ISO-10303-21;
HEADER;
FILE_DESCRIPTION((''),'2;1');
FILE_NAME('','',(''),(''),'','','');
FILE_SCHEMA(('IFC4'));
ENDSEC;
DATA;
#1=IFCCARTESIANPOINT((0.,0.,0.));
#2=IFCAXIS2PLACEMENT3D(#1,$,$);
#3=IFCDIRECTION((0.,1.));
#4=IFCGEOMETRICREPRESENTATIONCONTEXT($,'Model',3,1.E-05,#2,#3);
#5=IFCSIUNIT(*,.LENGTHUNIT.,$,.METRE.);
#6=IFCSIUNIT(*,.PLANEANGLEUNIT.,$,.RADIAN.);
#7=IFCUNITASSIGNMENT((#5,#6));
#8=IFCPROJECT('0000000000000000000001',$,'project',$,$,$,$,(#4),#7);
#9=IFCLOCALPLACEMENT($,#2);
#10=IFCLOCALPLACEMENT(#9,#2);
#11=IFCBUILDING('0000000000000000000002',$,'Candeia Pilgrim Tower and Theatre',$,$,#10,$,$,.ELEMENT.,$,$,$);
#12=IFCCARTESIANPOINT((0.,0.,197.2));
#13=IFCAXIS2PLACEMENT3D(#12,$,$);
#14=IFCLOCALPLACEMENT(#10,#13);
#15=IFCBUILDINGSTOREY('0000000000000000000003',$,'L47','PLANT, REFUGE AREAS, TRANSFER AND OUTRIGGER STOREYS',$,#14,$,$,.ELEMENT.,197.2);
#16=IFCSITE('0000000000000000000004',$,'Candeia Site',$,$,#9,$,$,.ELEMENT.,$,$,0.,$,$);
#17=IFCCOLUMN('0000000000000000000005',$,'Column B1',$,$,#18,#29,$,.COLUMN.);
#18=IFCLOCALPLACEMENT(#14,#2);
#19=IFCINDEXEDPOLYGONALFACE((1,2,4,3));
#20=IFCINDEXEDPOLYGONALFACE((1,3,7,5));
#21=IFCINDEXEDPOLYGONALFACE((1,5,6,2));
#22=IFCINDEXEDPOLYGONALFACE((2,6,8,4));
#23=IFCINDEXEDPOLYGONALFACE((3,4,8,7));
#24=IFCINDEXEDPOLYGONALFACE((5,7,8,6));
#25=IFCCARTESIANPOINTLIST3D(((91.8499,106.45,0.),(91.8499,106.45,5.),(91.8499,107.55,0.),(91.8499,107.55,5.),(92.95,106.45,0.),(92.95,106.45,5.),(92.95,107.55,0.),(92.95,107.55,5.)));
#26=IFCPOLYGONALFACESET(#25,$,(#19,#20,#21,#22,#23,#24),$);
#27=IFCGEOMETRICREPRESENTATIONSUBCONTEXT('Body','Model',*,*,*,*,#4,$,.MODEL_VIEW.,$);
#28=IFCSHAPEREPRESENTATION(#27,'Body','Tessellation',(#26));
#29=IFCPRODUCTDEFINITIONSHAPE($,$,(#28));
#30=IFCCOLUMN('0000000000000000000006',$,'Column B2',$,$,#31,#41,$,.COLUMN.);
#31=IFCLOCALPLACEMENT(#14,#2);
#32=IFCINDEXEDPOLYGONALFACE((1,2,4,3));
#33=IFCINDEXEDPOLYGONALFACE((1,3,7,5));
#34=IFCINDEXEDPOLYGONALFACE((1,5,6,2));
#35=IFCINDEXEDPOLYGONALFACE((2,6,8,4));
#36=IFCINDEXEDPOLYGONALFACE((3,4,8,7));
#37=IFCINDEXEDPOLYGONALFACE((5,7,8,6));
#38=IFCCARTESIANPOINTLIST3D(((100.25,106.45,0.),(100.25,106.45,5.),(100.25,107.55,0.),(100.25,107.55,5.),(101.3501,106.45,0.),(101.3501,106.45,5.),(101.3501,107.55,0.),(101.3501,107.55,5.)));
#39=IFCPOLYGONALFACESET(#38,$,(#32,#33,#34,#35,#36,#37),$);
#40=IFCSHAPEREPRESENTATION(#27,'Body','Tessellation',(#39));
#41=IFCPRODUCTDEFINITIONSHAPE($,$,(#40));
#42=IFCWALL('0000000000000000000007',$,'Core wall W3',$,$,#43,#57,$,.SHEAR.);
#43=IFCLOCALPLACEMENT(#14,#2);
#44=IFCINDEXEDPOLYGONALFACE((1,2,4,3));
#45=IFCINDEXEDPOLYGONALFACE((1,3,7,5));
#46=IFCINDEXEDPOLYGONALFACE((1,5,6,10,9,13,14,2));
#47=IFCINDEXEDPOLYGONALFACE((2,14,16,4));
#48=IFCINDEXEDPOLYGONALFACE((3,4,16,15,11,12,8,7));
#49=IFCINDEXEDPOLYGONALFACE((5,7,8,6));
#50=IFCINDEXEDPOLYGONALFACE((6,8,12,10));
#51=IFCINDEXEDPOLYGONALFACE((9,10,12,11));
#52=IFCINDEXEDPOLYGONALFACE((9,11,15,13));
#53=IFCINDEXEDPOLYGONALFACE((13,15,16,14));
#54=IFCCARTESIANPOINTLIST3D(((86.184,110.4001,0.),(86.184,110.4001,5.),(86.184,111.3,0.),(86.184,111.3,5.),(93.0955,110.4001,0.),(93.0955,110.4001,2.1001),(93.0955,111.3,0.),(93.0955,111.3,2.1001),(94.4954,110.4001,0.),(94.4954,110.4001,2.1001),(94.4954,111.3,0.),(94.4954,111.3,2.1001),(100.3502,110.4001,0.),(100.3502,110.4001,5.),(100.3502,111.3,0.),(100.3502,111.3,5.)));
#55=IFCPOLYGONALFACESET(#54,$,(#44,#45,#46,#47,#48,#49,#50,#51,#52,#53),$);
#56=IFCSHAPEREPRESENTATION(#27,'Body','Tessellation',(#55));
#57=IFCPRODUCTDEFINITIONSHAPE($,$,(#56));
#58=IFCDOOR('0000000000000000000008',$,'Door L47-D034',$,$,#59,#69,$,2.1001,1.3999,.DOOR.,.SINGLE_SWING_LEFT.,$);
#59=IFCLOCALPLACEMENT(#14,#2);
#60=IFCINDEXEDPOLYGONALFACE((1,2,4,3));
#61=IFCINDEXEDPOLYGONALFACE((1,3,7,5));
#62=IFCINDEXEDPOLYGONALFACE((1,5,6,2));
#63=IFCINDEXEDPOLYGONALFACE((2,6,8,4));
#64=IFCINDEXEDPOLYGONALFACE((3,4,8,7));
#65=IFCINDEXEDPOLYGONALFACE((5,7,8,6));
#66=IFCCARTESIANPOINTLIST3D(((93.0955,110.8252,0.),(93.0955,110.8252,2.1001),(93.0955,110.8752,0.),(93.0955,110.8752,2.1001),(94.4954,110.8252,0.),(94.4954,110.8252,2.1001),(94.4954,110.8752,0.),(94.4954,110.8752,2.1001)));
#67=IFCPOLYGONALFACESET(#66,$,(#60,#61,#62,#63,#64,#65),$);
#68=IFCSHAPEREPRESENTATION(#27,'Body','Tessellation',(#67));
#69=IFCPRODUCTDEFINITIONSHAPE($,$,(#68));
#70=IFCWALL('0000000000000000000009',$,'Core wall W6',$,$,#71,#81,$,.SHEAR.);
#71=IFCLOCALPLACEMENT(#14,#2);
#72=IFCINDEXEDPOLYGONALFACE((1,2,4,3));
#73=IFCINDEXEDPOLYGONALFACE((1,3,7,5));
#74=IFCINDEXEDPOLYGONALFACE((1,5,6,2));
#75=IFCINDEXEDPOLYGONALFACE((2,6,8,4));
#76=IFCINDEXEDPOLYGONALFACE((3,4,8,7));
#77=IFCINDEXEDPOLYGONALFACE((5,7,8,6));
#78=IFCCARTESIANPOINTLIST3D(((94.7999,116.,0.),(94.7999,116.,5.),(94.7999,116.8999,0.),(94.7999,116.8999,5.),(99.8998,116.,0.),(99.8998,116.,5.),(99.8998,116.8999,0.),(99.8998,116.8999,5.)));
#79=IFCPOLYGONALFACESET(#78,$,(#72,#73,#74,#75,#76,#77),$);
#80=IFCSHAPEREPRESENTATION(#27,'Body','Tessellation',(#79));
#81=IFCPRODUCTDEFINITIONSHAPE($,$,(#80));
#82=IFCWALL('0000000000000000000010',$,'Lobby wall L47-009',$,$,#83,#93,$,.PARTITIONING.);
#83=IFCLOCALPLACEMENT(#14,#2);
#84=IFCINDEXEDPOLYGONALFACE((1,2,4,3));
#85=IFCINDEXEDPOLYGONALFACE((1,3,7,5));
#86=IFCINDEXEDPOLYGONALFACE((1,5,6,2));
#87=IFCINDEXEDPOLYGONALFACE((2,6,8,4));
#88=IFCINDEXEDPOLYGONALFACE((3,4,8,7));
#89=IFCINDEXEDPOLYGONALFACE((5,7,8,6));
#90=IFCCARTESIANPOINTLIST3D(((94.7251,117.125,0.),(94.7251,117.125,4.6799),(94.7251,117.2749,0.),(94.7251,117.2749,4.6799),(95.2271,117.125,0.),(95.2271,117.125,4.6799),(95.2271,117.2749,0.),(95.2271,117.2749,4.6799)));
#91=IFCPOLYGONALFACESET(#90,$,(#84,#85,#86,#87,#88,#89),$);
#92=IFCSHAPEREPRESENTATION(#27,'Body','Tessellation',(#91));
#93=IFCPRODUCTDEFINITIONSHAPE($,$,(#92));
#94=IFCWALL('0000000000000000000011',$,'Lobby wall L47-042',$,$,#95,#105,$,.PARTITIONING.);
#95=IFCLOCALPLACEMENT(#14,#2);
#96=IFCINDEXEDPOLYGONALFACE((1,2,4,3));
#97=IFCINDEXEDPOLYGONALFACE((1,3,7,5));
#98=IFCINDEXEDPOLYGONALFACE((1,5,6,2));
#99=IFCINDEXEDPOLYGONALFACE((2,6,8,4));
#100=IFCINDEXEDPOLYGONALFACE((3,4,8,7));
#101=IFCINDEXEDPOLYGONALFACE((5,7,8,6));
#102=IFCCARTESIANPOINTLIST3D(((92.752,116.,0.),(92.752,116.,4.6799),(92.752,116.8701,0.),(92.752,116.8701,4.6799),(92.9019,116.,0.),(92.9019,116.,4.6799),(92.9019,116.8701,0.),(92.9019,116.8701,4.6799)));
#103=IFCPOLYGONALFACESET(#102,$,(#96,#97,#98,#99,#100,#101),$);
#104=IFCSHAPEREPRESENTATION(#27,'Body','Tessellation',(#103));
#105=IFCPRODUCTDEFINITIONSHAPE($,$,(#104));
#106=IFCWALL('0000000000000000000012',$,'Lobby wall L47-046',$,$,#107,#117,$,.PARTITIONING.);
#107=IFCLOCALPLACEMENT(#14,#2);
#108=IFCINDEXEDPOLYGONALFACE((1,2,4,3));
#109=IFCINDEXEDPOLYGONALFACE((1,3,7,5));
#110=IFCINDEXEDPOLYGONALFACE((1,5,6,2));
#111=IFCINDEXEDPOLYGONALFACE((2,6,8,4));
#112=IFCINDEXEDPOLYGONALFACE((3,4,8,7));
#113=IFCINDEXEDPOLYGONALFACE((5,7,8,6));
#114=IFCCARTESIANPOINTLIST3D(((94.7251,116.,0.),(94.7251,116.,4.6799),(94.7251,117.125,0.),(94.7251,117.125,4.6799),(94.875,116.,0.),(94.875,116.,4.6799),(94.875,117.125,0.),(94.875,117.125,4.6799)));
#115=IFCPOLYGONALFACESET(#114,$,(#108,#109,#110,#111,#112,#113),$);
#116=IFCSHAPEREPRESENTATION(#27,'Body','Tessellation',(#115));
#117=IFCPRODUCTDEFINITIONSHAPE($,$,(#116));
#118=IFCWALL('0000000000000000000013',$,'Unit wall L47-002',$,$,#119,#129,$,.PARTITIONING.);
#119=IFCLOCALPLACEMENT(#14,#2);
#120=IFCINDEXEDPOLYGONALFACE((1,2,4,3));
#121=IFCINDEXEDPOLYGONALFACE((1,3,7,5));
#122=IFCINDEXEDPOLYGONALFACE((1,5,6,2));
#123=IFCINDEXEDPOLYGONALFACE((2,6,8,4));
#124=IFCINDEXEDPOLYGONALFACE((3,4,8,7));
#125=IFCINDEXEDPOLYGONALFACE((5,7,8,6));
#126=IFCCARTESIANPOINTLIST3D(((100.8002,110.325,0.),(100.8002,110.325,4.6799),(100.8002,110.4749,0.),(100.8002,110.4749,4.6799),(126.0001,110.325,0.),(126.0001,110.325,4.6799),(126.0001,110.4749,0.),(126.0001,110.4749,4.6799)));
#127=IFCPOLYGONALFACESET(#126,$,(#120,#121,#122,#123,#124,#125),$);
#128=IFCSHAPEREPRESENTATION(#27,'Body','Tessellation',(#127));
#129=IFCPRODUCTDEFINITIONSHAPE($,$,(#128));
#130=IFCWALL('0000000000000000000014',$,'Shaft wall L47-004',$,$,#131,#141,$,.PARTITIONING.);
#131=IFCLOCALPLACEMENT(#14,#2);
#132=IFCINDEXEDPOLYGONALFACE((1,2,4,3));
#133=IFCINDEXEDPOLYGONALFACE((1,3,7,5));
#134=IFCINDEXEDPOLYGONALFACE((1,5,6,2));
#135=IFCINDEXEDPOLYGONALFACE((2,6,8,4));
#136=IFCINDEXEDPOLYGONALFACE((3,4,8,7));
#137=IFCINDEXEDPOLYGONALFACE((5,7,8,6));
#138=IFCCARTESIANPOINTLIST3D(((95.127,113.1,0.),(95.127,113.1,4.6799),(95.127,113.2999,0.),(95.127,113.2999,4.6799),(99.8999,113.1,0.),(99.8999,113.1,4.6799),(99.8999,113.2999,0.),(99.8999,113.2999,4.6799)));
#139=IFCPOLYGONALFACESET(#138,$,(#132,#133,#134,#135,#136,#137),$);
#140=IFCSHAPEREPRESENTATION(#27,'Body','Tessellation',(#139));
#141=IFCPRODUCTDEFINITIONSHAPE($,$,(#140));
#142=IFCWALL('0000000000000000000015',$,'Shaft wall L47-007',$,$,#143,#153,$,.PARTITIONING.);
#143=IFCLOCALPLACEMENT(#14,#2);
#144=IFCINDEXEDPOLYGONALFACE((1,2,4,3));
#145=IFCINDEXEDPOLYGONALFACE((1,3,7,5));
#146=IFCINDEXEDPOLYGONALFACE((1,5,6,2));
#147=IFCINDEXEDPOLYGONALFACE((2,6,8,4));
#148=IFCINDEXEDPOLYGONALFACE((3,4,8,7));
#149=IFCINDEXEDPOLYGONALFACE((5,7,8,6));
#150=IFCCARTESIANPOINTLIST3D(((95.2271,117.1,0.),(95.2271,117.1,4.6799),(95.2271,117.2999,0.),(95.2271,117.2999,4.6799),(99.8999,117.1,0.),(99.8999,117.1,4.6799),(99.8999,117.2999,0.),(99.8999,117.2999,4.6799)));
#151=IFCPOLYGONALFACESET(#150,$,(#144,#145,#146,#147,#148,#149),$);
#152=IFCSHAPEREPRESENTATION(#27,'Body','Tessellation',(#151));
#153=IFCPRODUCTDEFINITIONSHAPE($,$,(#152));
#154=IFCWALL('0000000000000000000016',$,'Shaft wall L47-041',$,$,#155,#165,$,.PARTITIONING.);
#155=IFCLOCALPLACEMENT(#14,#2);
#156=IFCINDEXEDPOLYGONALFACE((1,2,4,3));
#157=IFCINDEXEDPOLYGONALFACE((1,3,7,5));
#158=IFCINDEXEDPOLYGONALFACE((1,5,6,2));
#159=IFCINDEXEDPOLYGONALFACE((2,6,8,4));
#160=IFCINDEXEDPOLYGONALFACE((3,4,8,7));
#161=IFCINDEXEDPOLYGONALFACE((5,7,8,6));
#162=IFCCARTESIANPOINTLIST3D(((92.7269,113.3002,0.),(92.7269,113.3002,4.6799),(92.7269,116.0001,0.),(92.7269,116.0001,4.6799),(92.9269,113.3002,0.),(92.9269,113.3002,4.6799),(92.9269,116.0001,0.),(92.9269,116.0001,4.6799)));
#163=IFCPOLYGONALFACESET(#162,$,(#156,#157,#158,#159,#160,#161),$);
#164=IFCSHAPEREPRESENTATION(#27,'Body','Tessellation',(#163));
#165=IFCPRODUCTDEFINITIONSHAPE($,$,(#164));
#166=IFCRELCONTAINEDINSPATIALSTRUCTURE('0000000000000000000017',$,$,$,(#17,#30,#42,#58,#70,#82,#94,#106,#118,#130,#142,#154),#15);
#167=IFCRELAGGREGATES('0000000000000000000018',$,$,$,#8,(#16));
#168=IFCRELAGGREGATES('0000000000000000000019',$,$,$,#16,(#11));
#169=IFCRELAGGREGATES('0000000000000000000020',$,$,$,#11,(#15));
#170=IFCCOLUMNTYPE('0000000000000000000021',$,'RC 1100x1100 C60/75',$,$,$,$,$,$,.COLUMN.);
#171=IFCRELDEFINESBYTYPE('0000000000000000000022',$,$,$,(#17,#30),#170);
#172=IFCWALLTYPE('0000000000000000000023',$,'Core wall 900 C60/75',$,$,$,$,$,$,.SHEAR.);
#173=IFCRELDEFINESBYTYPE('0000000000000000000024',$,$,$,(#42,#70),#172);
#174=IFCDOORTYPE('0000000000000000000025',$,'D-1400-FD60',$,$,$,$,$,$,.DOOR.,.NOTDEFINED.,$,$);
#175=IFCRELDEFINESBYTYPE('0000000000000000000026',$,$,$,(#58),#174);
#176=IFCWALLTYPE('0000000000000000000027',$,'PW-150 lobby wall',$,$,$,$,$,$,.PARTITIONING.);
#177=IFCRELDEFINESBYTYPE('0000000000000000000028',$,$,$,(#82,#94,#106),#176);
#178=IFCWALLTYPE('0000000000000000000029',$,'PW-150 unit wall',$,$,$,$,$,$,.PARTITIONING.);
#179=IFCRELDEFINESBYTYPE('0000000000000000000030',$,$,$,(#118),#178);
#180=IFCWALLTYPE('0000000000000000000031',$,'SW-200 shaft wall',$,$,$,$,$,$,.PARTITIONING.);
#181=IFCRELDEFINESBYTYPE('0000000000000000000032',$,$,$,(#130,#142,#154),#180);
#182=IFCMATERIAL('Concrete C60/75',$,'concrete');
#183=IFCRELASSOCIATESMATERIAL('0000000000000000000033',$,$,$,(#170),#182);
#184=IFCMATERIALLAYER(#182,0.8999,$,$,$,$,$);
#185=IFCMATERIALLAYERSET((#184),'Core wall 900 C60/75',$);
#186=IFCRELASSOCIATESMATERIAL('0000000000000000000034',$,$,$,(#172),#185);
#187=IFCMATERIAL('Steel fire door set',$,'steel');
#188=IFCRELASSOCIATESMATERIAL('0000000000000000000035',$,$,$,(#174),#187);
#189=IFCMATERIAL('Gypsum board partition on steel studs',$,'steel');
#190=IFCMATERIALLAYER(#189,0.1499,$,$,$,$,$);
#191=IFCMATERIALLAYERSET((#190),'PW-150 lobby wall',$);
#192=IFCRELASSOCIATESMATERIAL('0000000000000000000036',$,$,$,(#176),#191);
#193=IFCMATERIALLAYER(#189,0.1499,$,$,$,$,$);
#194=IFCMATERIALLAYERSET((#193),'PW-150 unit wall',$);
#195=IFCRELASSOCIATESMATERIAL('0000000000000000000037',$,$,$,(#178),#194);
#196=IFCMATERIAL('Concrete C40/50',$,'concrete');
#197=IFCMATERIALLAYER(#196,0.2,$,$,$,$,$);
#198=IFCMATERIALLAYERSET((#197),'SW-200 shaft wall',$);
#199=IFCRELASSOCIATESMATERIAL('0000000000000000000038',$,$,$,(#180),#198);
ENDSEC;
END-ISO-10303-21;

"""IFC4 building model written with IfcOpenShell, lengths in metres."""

from ifc_helpers import new_model, si_unit, direction, frame, frame_2d, origin, origin_2d, place, context, subcontext, project, spatial, rectangle, extrude, material, layer, layer_set, material_profile, profile_set, type_object, element, fill, save


model = new_model("IFC4")

# Units and contexts
model_context = context("Model", 3, precision=1e-05, world=origin(), true_north=direction((0.0, 1.0)))
body_context = subcontext(model_context, "Body", "Model", "MODEL_VIEW")
ifc_project = project(units=[si_unit("LENGTHUNIT", "METRE"), si_unit("PLANEANGLEUNIT", "RADIAN")], contexts=[model_context])

# Site, building, storey
site_placement = place(None, origin())
site = spatial("IfcSite", under=ifc_project, at=site_placement, Name="Candeia Site", CompositionType="ELEMENT", RefElevation=0.0)
building_placement = place(site_placement, origin())
building = spatial("IfcBuilding", under=site, at=building_placement, Name="Candeia Pilgrim Tower and Theatre", CompositionType="ELEMENT")
storey_placement = place(building_placement, frame((0.0, 0.0, 197.2)))
storey = spatial("IfcBuildingStorey", under=building, at=storey_placement, Name="L47", Description="PLANT, REFUGE AREAS, TRANSFER AND OUTRIGGER STOREYS", CompositionType="ELEMENT", Elevation=197.2)

# Columns
ifc_material_1 = material(Name="Concrete C60/75", Category="concrete")
ifc_material_profile = material_profile(ifc_material_1, rectangle(XDim=1.1001, YDim=1.1001, at=origin_2d()))
ifc_profile_set = profile_set([ifc_material_profile], Name="Concrete C60/75")
column_type = type_object("IfcColumnType", Name="RC 1100x1100 C60/75", PredefinedType="COLUMN", material=ifc_profile_set)
for number, where, z_axis, x_axis, name in (
    (1, (92.3999, 107.0, 0.0), (0.0, 0.0, 1.0), (1.0, 0.0, 0.0), "Column B1"),
    (2, (100.8, 107.0, 0.0), (0.0, 0.0, 1.0), (1.0, 0.0, 0.0), "Column B2"),
):
    element("IfcColumn", number, at=place(storey_placement, frame(where, z_axis=z_axis, x_axis=x_axis)), inside=storey, type_object=column_type, Name=name, PredefinedType="COLUMN", context=body_context, shape_type="SweptSolid", body=[
        extrude(rectangle(XDim=1.1001, YDim=1.1001, at=origin_2d()), origin(), (0.0, 0.0, 1.0), 5.0),
    ])

# Wall, opening, door
ifc_layer_1 = layer(ifc_material_1, 0.8999)
ifc_layer_set_1 = layer_set([ifc_layer_1], Name="Core wall 900 C60/75")
wall_type_1 = type_object("IfcWallType", Name="Core wall 900 C60/75", PredefinedType="SHEAR", material=ifc_layer_set_1)
wall_1_placement = place(storey_placement, frame((100.3501, 110.8501, 0.0), z_axis=(0.0, 0.0, 1.0), x_axis=(-1.0, 0.0, 0.0)))
wall_1 = element("IfcWall", 3, at=wall_1_placement, inside=storey, type_object=wall_type_1, Name="Core wall W3", PredefinedType="SHEAR", context=body_context, shape_type="SweptSolid", body=[
    extrude(rectangle(XDim=14.1663, YDim=0.8999, at=frame_2d((7.083, 0.0))), origin(), (0.0, 0.0, 1.0), 5.0),
])
opening_1_placement = place(wall_1_placement, frame((5.8547, 0.0, 0.0)))
opening_1 = element("IfcOpeningElement", 4, at=opening_1_placement, cuts=wall_1, PredefinedType="OPENING", context=body_context, shape_type="SweptSolid", body=[
    extrude(rectangle(XDim=1.3999, YDim=2.1001, at=frame_2d((0.7, 1.05))), frame((0.0, 0.46, 0.0), z_axis=(0.0, -1.0, 0.0), x_axis=(1.0, 0.0, 0.0)), (0.0, 0.0, 1.0), 0.9199),
])
ifc_material_2 = material(Name="Steel fire door set", Category="steel")
door_type_1 = type_object("IfcDoorType", Name="D-1400-FD60", OperationType="NOTDEFINED", PredefinedType="DOOR", material=ifc_material_2)
door_1_placement = place(opening_1_placement, origin())
door_1 = element("IfcDoor", 5, at=door_1_placement, inside=storey, type_object=door_type_1, Name="Door L47-D034", OperationType="SINGLE_SWING_LEFT", OverallHeight=2.1001, OverallWidth=1.3999, PredefinedType="DOOR", context=body_context, shape_type="SweptSolid", body=[
    extrude(rectangle(XDim=1.3999, YDim=2.1001, at=frame_2d((0.7, 1.05))), frame((0.0, 0.0249, 0.0), z_axis=(0.0, -1.0, 0.0), x_axis=(1.0, 0.0, 0.0)), (0.0, 0.0, 1.0), 0.05),
])
fill(opening_1, door_1)

# Wall
wall_2_placement = place(storey_placement, frame((94.8, 116.45, 0.0), z_axis=(0.0, 0.0, 1.0), x_axis=(1.0, 0.0, 0.0)))
element("IfcWall", 6, at=wall_2_placement, inside=storey, type_object=wall_type_1, Name="Core wall W6", PredefinedType="SHEAR", context=body_context, shape_type="SweptSolid", body=[
    extrude(rectangle(XDim=5.0999, YDim=0.8999, at=frame_2d((2.5498, 0.0))), origin(), (0.0, 0.0, 1.0), 5.0),
])

# Walls
ifc_material_3 = material(Name="Gypsum board partition on steel studs", Category="steel")
ifc_layer_2 = layer(ifc_material_3, 0.1499)
ifc_layer_set_2 = layer_set([ifc_layer_2], Name="PW-150 lobby wall")
wall_type_2 = type_object("IfcWallType", Name="PW-150 lobby wall", PredefinedType="PARTITIONING", material=ifc_layer_set_2)
wall_3_placement = place(storey_placement, frame((94.7251, 117.2, 0.0), z_axis=(0.0, 0.0, 1.0), x_axis=(1.0, 0.0, 0.0)))
element("IfcWall", 7, at=wall_3_placement, inside=storey, type_object=wall_type_2, Name="Lobby wall L47-009", PredefinedType="PARTITIONING", context=body_context, shape_type="SweptSolid", body=[
    extrude(rectangle(XDim=0.502, YDim=0.1499, at=frame_2d((0.251, 0.0))), origin(), (0.0, 0.0, 1.0), 4.6799),
])
wall_4_placement = place(storey_placement, frame((92.8269, 116.0, 0.0), z_axis=(0.0, 0.0, 1.0), x_axis=(0.0, 1.0, 0.0)))
element("IfcWall", 8, at=wall_4_placement, inside=storey, type_object=wall_type_2, Name="Lobby wall L47-042", PredefinedType="PARTITIONING", context=body_context, shape_type="SweptSolid", body=[
    extrude(rectangle(XDim=0.8701, YDim=0.1499, at=frame_2d((0.4351, 0.0))), origin(), (0.0, 0.0, 1.0), 4.6799),
])
wall_5_placement = place(storey_placement, frame((94.8, 116.0, 0.0), z_axis=(0.0, 0.0, 1.0), x_axis=(0.0, 1.0, 0.0)))
element("IfcWall", 9, at=wall_5_placement, inside=storey, type_object=wall_type_2, Name="Lobby wall L47-046", PredefinedType="PARTITIONING", context=body_context, shape_type="SweptSolid", body=[
    extrude(rectangle(XDim=1.125, YDim=0.1499, at=frame_2d((0.5625, 0.0))), origin(), (0.0, 0.0, 1.0), 4.6799),
])
ifc_layer_3 = layer(ifc_material_3, 0.1499)
ifc_layer_set_3 = layer_set([ifc_layer_3], Name="PW-150 unit wall")
wall_type_3 = type_object("IfcWallType", Name="PW-150 unit wall", PredefinedType="PARTITIONING", material=ifc_layer_set_3)
wall_6_placement = place(storey_placement, frame((100.8, 110.3999, 0.0), z_axis=(0.0, 0.0, 1.0), x_axis=(1.0, 0.0, 0.0)))
element("IfcWall", 10, at=wall_6_placement, inside=storey, type_object=wall_type_3, Name="Unit wall L47-002", PredefinedType="PARTITIONING", context=body_context, shape_type="SweptSolid", body=[
    extrude(rectangle(XDim=25.2, YDim=0.1499, at=frame_2d((12.6001, 0.0))), origin(), (0.0, 0.0, 1.0), 4.6799),
])
ifc_material_4 = material(Name="Concrete C40/50", Category="concrete")
ifc_layer_4 = layer(ifc_material_4, 0.2)
ifc_layer_set_4 = layer_set([ifc_layer_4], Name="SW-200 shaft wall")
wall_type_4 = type_object("IfcWallType", Name="SW-200 shaft wall", PredefinedType="PARTITIONING", material=ifc_layer_set_4)
wall_7_placement = place(storey_placement, frame((95.127, 113.2, 0.0), z_axis=(0.0, 0.0, 1.0), x_axis=(1.0, 0.0, 0.0)))
element("IfcWall", 11, at=wall_7_placement, inside=storey, type_object=wall_type_4, Name="Shaft wall L47-004", PredefinedType="PARTITIONING", context=body_context, shape_type="SweptSolid", body=[
    extrude(rectangle(XDim=4.7729, YDim=0.2, at=frame_2d((2.3865, 0.0))), origin(), (0.0, 0.0, 1.0), 4.6799),
])
wall_8_placement = place(storey_placement, frame((95.2271, 117.2, 0.0), z_axis=(0.0, 0.0, 1.0), x_axis=(1.0, 0.0, 0.0)))
element("IfcWall", 12, at=wall_8_placement, inside=storey, type_object=wall_type_4, Name="Shaft wall L47-007", PredefinedType="PARTITIONING", context=body_context, shape_type="SweptSolid", body=[
    extrude(rectangle(XDim=4.6729, YDim=0.2, at=frame_2d((2.3364, 0.0))), origin(), (0.0, 0.0, 1.0), 4.6799),
])
wall_9_placement = place(storey_placement, frame((92.8269, 113.3, 0.0), z_axis=(0.0, 0.0, 1.0), x_axis=(0.0, 1.0, 0.0)))
element("IfcWall", 13, at=wall_9_placement, inside=storey, type_object=wall_type_4, Name="Shaft wall L47-041", PredefinedType="PARTITIONING", context=body_context, shape_type="SweptSolid", body=[
    extrude(rectangle(XDim=2.7, YDim=0.2, at=frame_2d((1.3501, 0.0))), origin(), (0.0, 0.0, 1.0), 4.6799),
])

save(model, "model.ifc")
